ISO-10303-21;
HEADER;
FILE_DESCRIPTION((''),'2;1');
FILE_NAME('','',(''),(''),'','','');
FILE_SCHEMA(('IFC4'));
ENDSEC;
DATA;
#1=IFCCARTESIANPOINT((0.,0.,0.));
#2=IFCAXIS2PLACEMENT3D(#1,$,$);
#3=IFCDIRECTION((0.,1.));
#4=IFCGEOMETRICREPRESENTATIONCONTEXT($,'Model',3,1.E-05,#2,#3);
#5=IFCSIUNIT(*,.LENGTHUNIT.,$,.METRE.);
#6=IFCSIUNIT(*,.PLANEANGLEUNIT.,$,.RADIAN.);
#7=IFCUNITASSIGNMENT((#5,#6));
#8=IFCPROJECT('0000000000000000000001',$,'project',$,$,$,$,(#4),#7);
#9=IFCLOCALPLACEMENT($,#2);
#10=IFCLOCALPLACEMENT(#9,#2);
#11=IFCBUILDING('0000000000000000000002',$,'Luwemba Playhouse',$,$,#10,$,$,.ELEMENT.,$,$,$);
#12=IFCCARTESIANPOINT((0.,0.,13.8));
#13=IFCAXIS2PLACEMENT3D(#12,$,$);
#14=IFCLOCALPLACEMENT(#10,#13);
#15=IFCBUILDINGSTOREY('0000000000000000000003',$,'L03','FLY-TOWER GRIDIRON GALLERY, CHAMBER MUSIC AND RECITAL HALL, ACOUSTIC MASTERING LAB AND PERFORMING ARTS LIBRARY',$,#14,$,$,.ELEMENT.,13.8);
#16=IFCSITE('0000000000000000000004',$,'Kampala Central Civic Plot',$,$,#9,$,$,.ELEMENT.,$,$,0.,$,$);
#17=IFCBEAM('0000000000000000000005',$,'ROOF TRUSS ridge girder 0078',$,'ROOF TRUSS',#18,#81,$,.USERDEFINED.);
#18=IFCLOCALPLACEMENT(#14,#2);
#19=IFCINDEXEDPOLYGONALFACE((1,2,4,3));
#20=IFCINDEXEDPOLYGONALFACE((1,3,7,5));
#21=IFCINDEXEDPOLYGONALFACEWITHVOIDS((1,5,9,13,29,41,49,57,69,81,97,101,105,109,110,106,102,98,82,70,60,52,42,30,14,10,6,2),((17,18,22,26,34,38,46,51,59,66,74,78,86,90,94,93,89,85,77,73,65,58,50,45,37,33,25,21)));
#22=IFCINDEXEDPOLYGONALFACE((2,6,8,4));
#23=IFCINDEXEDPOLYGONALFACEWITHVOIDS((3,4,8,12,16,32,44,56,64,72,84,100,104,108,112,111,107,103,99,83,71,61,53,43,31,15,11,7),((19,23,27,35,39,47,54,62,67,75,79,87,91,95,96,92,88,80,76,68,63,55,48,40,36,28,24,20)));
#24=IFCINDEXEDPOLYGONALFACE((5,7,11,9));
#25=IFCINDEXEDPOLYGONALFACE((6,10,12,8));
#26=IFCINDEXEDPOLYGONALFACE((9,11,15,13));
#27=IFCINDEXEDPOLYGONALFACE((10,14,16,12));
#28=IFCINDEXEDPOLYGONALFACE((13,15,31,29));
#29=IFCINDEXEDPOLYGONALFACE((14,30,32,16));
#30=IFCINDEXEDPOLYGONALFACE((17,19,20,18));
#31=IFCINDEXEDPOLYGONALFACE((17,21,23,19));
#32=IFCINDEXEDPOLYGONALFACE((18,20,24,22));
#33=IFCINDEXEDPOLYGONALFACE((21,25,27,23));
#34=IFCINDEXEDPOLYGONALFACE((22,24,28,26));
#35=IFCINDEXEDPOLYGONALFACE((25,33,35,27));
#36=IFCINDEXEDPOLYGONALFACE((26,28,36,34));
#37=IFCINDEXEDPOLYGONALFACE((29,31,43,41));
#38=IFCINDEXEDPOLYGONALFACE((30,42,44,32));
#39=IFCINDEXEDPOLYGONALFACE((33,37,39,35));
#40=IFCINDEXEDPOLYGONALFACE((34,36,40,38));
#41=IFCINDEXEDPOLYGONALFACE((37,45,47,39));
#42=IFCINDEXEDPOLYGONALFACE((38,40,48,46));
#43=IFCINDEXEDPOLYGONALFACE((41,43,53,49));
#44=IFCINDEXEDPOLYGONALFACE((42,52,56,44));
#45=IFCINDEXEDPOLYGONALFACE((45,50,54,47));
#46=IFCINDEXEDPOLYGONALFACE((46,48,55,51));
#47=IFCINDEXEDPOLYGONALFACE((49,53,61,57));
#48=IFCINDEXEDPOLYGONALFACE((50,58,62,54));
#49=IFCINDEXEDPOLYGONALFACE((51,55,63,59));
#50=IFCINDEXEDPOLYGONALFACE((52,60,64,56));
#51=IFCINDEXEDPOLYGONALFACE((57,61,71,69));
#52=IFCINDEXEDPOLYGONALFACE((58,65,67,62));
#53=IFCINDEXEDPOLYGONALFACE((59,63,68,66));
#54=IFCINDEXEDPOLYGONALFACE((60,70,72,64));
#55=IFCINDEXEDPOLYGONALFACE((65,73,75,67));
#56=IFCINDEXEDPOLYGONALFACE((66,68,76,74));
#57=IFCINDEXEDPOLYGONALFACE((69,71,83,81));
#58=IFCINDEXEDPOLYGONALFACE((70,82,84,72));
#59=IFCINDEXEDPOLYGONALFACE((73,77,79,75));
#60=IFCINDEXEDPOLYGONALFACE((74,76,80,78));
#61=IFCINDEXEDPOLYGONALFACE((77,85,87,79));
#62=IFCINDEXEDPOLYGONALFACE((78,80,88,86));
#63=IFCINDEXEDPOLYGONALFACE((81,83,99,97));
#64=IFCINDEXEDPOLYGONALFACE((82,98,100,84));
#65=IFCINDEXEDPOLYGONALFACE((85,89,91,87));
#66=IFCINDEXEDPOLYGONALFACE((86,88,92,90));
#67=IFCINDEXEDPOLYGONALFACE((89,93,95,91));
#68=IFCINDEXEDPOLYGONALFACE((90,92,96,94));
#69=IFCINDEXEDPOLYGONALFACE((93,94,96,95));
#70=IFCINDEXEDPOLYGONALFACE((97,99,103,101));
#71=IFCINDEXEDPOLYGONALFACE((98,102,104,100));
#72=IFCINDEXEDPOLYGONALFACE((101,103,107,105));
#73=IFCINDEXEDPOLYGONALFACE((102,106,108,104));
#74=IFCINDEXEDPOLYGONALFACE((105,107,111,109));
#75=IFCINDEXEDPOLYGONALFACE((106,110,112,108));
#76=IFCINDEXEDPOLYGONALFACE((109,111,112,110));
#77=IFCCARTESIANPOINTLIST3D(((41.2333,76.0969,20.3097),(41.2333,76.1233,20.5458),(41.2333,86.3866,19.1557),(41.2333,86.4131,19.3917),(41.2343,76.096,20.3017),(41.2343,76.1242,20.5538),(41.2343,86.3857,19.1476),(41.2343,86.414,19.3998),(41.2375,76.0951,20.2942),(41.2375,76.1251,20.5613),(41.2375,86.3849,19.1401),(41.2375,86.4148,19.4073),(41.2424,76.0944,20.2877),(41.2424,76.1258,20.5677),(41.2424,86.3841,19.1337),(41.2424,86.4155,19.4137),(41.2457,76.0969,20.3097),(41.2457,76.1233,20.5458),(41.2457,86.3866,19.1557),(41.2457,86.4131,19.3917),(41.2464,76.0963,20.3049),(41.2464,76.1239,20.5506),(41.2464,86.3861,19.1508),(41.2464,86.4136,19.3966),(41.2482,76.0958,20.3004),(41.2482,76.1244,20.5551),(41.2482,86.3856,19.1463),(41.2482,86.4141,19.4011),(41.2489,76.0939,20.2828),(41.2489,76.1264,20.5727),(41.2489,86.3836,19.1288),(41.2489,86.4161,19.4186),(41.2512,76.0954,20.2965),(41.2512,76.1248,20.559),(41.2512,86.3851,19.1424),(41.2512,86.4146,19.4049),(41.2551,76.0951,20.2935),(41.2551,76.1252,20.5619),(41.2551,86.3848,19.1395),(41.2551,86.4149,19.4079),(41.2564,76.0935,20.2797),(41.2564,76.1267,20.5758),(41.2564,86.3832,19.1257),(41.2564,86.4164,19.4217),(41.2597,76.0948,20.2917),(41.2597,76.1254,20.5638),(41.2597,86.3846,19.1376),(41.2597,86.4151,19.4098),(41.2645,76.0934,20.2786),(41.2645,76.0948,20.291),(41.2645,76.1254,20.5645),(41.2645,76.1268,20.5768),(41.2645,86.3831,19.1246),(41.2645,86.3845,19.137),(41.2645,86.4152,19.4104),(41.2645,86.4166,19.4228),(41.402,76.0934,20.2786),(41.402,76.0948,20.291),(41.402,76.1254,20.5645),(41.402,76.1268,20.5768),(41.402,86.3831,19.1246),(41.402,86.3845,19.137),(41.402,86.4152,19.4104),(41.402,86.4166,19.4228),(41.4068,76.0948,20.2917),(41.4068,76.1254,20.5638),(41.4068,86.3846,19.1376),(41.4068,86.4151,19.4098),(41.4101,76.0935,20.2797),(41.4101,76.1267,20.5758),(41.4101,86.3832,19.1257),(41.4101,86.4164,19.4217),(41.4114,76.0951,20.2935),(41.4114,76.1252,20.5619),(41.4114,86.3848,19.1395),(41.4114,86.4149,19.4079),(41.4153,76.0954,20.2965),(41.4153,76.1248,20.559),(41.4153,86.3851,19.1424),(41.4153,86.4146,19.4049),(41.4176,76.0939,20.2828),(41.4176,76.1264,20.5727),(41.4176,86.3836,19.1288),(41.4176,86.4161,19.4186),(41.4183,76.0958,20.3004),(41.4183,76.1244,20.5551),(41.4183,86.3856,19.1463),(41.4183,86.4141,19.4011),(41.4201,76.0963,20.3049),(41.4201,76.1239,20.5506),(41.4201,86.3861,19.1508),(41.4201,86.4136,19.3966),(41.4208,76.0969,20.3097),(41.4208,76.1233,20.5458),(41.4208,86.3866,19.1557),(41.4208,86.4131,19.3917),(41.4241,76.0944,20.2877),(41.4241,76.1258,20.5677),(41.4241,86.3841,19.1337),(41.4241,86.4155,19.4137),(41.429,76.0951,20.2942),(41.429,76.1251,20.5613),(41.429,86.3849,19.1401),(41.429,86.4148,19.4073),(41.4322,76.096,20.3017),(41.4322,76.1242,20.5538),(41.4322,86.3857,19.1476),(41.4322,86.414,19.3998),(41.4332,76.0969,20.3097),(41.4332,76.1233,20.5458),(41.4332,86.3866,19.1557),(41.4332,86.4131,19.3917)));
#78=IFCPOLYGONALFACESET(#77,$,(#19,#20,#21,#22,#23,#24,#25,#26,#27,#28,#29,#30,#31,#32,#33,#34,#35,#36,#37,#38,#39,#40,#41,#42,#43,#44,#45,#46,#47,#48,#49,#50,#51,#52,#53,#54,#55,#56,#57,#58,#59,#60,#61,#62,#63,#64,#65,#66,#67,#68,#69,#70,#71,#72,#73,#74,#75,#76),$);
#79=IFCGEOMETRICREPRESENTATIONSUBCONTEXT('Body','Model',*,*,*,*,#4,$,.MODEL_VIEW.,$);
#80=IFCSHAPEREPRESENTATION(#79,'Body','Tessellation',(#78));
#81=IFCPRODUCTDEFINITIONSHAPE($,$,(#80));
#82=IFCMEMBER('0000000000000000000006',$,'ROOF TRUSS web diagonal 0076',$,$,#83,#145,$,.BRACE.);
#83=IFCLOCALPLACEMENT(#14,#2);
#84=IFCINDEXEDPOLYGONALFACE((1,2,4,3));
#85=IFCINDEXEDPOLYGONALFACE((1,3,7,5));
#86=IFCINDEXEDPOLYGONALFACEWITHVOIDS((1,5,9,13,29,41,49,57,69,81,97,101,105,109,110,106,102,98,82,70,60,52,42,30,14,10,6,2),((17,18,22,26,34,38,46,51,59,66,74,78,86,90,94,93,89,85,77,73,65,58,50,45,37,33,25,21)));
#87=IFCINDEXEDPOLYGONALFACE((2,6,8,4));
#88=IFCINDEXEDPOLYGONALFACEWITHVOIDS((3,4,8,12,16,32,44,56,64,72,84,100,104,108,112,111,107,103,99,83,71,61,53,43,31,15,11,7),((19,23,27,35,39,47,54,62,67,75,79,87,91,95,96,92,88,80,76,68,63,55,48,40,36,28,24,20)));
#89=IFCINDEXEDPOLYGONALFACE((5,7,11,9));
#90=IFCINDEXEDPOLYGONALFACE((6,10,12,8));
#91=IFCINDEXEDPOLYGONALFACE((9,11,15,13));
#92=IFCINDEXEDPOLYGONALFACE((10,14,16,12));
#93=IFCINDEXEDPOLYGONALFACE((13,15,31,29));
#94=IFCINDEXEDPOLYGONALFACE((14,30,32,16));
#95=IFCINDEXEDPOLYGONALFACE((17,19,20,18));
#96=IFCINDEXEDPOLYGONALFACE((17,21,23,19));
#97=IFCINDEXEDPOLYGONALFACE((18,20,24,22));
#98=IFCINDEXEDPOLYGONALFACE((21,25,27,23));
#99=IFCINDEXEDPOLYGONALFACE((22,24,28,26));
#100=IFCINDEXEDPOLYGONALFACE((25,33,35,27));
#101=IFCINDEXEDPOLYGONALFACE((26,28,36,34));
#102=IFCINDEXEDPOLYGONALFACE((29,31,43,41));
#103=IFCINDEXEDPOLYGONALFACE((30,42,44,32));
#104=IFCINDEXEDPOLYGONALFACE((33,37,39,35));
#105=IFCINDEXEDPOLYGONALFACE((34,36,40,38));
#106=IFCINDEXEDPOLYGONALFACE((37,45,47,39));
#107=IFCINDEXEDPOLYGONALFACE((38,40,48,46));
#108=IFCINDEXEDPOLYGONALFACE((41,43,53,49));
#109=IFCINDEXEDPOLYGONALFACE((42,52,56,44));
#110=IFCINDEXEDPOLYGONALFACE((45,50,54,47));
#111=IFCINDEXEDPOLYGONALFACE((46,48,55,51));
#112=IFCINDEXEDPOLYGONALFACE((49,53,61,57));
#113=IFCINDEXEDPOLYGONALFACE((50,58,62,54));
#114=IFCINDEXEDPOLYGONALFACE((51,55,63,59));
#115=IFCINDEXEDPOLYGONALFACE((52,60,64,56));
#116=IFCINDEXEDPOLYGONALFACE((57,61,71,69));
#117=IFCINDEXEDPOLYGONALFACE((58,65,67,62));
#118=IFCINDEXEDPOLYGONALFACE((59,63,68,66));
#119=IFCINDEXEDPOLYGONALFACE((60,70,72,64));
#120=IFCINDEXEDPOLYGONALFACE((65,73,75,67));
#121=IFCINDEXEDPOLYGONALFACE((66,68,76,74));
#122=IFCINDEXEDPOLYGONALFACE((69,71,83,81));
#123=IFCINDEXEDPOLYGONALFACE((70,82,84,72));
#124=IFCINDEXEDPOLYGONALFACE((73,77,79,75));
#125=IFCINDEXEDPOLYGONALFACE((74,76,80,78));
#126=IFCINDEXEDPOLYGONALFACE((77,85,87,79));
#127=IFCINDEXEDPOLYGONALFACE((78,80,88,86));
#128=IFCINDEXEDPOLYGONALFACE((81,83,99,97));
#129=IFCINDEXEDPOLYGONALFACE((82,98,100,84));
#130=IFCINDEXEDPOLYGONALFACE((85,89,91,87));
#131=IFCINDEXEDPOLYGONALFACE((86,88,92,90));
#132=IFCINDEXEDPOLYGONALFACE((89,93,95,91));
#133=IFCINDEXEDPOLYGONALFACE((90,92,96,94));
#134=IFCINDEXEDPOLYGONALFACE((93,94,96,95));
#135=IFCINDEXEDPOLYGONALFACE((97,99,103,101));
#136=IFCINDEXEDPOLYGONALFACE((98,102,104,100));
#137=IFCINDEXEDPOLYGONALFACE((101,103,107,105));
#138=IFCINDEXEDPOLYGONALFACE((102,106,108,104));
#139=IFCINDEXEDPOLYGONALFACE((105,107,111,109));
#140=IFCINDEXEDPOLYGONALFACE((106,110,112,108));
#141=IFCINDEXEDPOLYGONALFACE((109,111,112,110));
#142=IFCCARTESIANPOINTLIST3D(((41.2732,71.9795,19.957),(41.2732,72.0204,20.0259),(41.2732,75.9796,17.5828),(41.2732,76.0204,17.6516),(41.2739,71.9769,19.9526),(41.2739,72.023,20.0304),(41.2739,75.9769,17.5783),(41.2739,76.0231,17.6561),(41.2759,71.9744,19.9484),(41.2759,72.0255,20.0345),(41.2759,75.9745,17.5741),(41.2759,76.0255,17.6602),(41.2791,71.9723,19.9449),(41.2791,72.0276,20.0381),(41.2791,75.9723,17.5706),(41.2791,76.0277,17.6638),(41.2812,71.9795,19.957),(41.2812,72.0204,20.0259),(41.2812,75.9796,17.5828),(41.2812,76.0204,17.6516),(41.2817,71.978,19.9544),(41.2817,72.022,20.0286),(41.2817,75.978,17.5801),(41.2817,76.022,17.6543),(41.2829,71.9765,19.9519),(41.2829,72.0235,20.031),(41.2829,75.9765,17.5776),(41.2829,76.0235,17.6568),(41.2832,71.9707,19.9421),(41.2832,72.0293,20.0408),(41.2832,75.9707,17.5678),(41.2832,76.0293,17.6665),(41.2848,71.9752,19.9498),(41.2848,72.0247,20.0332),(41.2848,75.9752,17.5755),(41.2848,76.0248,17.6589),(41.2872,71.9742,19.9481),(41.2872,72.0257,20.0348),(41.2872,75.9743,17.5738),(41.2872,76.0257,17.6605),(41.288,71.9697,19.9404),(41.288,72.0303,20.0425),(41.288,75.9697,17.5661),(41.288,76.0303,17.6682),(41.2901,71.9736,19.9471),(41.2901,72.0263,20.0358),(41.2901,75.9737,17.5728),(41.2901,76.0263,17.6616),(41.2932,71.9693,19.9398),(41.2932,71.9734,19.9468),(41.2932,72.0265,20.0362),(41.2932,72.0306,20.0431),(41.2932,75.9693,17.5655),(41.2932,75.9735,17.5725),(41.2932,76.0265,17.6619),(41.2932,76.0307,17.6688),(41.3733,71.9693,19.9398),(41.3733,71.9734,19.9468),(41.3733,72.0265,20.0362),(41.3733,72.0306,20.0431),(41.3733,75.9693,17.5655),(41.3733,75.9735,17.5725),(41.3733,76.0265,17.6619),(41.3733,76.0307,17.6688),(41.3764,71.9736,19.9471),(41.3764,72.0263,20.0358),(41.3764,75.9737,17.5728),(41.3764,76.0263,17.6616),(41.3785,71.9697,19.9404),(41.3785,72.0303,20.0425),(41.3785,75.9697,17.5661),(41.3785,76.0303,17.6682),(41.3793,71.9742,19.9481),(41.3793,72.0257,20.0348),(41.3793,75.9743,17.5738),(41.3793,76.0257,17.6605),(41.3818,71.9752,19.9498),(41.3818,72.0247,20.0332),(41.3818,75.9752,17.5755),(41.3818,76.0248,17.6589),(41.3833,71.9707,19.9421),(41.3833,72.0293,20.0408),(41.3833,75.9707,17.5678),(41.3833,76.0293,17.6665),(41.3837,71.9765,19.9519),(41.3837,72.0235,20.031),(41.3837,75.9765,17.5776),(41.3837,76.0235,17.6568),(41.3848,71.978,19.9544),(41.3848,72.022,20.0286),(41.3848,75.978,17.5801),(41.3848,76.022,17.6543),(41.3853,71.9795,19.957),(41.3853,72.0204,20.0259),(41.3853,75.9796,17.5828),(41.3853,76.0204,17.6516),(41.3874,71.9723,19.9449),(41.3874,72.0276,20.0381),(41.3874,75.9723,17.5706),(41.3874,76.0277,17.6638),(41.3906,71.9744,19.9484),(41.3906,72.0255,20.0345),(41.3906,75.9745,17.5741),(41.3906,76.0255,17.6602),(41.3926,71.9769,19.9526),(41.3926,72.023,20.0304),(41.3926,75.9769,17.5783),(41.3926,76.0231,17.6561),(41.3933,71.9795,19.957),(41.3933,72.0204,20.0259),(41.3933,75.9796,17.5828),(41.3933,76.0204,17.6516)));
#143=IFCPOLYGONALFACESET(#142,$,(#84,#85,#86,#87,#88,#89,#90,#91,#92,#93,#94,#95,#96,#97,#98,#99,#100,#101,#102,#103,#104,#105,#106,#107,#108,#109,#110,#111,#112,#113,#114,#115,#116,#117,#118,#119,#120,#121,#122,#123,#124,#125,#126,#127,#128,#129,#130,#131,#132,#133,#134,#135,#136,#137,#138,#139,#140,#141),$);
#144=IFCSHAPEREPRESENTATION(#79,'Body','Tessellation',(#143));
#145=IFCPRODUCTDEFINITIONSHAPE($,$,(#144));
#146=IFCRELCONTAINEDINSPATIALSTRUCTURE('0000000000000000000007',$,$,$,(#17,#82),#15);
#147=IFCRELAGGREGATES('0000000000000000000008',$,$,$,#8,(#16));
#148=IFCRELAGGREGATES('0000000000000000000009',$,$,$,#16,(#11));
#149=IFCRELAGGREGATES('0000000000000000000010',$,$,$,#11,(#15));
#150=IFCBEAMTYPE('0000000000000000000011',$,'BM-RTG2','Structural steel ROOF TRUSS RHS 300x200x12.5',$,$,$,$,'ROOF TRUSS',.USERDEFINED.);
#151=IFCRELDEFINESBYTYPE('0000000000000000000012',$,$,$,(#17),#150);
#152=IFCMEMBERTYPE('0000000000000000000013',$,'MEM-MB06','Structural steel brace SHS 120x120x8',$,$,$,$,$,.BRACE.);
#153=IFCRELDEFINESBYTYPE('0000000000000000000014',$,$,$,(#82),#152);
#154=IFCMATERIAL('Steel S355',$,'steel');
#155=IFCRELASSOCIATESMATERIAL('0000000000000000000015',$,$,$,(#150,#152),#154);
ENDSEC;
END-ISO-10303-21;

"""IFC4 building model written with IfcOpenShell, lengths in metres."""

from ifc_helpers import new_model, si_unit, direction, frame, origin, origin_2d, place, context, subcontext, project, spatial, hollow_rectangle, extrude, material, material_profile, profile_set, type_object, element, save


model = new_model("IFC4")

# Units and contexts
model_context = context("Model", 3, precision=1e-05, world=origin(), true_north=direction((0.0, 1.0)))
body_context = subcontext(model_context, "Body", "Model", "MODEL_VIEW")
ifc_project = project(units=[si_unit("LENGTHUNIT", "METRE"), si_unit("PLANEANGLEUNIT", "RADIAN")], contexts=[model_context])

# Site, building, storey
site_placement = place(None, origin())
site = spatial("IfcSite", under=ifc_project, at=site_placement, Name="Kampala Central Civic Plot", CompositionType="ELEMENT", RefElevation=0.0)
building_placement = place(site_placement, origin())
building = spatial("IfcBuilding", under=site, at=building_placement, Name="Luwemba Playhouse", CompositionType="ELEMENT")
storey_placement = place(building_placement, frame((0.0, 0.0, 13.8)))
storey = spatial("IfcBuildingStorey", under=building, at=storey_placement, Name="L03", Description="FLY-TOWER GRIDIRON GALLERY, CHAMBER MUSIC AND RECITAL HALL, ACOUSTIC MASTERING LAB AND PERFORMING ARTS LIBRARY", CompositionType="ELEMENT", Elevation=13.8)

# Beam
ifc_material_1 = material(Name="Steel S355", Category="steel")
ifc_material_profile_1 = material_profile(ifc_material_1, hollow_rectangle(XDim=0.2, YDim=0.3, WallThickness=0.0125, InnerFilletRadius=0.0188, OuterFilletRadius=0.0312, at=origin_2d()))
ifc_profile_set_1 = profile_set([ifc_material_profile_1], Name="Steel S355")
beam_type_1 = type_object("IfcBeamType", Name="BM-RTG2", Description="Structural steel ROOF TRUSS RHS 300x200x12.5", ElementType="ROOF TRUSS", PredefinedType="USERDEFINED", material=ifc_profile_set_1)
beam_1_placement = place(storey_placement, frame((41.3333, 76.1101, 20.4277), z_axis=(0.0, 0.993769, -0.111456), x_axis=(-1.0, 0.0, 0.0)))
element("IfcBeam", 1, at=beam_1_placement, inside=storey, type_object=beam_type_1, Name="ROOF TRUSS ridge girder 0078", ObjectType="ROOF TRUSS", PredefinedType="USERDEFINED", context=body_context, shape_type="SweptSolid", body=[
    extrude(hollow_rectangle(XDim=0.2, YDim=0.3, WallThickness=0.0125, InnerFilletRadius=0.0188, OuterFilletRadius=0.0312, at=origin_2d()), origin(), (0.0, 0.0, 1.0), 10.3542),
])

# Member
ifc_material_profile_2 = material_profile(ifc_material_1, hollow_rectangle(XDim=0.1201, YDim=0.1201, WallThickness=0.0081, InnerFilletRadius=0.012, OuterFilletRadius=0.02, at=origin_2d()))
ifc_profile_set_2 = profile_set([ifc_material_profile_2], Name="Steel S355")
member_type_1 = type_object("IfcMemberType", Name="MEM-MB06", Description="Structural steel brace SHS 120x120x8", PredefinedType="BRACE", material=ifc_profile_set_2)
for number, where, z_axis, x_axis, name in (
    (2, (41.3333, 76.0, 17.6172), (0.0, -0.859924, 0.510422), (1.0, 0.0, 0.0), "ROOF TRUSS web diagonal 0076"),
):
    element("IfcMember", number, at=place(storey_placement, frame(where, z_axis=z_axis, x_axis=x_axis)), inside=storey, type_object=member_type_1, Name=name, PredefinedType="BRACE", context=body_context, shape_type="SweptSolid", body=[
        extrude(hollow_rectangle(XDim=0.1201, YDim=0.1201, WallThickness=0.0081, InnerFilletRadius=0.012, OuterFilletRadius=0.02, at=origin_2d()), origin(), (0.0, 0.0, 1.0), 4.6516),
    ])

save(model, "model.ifc")
